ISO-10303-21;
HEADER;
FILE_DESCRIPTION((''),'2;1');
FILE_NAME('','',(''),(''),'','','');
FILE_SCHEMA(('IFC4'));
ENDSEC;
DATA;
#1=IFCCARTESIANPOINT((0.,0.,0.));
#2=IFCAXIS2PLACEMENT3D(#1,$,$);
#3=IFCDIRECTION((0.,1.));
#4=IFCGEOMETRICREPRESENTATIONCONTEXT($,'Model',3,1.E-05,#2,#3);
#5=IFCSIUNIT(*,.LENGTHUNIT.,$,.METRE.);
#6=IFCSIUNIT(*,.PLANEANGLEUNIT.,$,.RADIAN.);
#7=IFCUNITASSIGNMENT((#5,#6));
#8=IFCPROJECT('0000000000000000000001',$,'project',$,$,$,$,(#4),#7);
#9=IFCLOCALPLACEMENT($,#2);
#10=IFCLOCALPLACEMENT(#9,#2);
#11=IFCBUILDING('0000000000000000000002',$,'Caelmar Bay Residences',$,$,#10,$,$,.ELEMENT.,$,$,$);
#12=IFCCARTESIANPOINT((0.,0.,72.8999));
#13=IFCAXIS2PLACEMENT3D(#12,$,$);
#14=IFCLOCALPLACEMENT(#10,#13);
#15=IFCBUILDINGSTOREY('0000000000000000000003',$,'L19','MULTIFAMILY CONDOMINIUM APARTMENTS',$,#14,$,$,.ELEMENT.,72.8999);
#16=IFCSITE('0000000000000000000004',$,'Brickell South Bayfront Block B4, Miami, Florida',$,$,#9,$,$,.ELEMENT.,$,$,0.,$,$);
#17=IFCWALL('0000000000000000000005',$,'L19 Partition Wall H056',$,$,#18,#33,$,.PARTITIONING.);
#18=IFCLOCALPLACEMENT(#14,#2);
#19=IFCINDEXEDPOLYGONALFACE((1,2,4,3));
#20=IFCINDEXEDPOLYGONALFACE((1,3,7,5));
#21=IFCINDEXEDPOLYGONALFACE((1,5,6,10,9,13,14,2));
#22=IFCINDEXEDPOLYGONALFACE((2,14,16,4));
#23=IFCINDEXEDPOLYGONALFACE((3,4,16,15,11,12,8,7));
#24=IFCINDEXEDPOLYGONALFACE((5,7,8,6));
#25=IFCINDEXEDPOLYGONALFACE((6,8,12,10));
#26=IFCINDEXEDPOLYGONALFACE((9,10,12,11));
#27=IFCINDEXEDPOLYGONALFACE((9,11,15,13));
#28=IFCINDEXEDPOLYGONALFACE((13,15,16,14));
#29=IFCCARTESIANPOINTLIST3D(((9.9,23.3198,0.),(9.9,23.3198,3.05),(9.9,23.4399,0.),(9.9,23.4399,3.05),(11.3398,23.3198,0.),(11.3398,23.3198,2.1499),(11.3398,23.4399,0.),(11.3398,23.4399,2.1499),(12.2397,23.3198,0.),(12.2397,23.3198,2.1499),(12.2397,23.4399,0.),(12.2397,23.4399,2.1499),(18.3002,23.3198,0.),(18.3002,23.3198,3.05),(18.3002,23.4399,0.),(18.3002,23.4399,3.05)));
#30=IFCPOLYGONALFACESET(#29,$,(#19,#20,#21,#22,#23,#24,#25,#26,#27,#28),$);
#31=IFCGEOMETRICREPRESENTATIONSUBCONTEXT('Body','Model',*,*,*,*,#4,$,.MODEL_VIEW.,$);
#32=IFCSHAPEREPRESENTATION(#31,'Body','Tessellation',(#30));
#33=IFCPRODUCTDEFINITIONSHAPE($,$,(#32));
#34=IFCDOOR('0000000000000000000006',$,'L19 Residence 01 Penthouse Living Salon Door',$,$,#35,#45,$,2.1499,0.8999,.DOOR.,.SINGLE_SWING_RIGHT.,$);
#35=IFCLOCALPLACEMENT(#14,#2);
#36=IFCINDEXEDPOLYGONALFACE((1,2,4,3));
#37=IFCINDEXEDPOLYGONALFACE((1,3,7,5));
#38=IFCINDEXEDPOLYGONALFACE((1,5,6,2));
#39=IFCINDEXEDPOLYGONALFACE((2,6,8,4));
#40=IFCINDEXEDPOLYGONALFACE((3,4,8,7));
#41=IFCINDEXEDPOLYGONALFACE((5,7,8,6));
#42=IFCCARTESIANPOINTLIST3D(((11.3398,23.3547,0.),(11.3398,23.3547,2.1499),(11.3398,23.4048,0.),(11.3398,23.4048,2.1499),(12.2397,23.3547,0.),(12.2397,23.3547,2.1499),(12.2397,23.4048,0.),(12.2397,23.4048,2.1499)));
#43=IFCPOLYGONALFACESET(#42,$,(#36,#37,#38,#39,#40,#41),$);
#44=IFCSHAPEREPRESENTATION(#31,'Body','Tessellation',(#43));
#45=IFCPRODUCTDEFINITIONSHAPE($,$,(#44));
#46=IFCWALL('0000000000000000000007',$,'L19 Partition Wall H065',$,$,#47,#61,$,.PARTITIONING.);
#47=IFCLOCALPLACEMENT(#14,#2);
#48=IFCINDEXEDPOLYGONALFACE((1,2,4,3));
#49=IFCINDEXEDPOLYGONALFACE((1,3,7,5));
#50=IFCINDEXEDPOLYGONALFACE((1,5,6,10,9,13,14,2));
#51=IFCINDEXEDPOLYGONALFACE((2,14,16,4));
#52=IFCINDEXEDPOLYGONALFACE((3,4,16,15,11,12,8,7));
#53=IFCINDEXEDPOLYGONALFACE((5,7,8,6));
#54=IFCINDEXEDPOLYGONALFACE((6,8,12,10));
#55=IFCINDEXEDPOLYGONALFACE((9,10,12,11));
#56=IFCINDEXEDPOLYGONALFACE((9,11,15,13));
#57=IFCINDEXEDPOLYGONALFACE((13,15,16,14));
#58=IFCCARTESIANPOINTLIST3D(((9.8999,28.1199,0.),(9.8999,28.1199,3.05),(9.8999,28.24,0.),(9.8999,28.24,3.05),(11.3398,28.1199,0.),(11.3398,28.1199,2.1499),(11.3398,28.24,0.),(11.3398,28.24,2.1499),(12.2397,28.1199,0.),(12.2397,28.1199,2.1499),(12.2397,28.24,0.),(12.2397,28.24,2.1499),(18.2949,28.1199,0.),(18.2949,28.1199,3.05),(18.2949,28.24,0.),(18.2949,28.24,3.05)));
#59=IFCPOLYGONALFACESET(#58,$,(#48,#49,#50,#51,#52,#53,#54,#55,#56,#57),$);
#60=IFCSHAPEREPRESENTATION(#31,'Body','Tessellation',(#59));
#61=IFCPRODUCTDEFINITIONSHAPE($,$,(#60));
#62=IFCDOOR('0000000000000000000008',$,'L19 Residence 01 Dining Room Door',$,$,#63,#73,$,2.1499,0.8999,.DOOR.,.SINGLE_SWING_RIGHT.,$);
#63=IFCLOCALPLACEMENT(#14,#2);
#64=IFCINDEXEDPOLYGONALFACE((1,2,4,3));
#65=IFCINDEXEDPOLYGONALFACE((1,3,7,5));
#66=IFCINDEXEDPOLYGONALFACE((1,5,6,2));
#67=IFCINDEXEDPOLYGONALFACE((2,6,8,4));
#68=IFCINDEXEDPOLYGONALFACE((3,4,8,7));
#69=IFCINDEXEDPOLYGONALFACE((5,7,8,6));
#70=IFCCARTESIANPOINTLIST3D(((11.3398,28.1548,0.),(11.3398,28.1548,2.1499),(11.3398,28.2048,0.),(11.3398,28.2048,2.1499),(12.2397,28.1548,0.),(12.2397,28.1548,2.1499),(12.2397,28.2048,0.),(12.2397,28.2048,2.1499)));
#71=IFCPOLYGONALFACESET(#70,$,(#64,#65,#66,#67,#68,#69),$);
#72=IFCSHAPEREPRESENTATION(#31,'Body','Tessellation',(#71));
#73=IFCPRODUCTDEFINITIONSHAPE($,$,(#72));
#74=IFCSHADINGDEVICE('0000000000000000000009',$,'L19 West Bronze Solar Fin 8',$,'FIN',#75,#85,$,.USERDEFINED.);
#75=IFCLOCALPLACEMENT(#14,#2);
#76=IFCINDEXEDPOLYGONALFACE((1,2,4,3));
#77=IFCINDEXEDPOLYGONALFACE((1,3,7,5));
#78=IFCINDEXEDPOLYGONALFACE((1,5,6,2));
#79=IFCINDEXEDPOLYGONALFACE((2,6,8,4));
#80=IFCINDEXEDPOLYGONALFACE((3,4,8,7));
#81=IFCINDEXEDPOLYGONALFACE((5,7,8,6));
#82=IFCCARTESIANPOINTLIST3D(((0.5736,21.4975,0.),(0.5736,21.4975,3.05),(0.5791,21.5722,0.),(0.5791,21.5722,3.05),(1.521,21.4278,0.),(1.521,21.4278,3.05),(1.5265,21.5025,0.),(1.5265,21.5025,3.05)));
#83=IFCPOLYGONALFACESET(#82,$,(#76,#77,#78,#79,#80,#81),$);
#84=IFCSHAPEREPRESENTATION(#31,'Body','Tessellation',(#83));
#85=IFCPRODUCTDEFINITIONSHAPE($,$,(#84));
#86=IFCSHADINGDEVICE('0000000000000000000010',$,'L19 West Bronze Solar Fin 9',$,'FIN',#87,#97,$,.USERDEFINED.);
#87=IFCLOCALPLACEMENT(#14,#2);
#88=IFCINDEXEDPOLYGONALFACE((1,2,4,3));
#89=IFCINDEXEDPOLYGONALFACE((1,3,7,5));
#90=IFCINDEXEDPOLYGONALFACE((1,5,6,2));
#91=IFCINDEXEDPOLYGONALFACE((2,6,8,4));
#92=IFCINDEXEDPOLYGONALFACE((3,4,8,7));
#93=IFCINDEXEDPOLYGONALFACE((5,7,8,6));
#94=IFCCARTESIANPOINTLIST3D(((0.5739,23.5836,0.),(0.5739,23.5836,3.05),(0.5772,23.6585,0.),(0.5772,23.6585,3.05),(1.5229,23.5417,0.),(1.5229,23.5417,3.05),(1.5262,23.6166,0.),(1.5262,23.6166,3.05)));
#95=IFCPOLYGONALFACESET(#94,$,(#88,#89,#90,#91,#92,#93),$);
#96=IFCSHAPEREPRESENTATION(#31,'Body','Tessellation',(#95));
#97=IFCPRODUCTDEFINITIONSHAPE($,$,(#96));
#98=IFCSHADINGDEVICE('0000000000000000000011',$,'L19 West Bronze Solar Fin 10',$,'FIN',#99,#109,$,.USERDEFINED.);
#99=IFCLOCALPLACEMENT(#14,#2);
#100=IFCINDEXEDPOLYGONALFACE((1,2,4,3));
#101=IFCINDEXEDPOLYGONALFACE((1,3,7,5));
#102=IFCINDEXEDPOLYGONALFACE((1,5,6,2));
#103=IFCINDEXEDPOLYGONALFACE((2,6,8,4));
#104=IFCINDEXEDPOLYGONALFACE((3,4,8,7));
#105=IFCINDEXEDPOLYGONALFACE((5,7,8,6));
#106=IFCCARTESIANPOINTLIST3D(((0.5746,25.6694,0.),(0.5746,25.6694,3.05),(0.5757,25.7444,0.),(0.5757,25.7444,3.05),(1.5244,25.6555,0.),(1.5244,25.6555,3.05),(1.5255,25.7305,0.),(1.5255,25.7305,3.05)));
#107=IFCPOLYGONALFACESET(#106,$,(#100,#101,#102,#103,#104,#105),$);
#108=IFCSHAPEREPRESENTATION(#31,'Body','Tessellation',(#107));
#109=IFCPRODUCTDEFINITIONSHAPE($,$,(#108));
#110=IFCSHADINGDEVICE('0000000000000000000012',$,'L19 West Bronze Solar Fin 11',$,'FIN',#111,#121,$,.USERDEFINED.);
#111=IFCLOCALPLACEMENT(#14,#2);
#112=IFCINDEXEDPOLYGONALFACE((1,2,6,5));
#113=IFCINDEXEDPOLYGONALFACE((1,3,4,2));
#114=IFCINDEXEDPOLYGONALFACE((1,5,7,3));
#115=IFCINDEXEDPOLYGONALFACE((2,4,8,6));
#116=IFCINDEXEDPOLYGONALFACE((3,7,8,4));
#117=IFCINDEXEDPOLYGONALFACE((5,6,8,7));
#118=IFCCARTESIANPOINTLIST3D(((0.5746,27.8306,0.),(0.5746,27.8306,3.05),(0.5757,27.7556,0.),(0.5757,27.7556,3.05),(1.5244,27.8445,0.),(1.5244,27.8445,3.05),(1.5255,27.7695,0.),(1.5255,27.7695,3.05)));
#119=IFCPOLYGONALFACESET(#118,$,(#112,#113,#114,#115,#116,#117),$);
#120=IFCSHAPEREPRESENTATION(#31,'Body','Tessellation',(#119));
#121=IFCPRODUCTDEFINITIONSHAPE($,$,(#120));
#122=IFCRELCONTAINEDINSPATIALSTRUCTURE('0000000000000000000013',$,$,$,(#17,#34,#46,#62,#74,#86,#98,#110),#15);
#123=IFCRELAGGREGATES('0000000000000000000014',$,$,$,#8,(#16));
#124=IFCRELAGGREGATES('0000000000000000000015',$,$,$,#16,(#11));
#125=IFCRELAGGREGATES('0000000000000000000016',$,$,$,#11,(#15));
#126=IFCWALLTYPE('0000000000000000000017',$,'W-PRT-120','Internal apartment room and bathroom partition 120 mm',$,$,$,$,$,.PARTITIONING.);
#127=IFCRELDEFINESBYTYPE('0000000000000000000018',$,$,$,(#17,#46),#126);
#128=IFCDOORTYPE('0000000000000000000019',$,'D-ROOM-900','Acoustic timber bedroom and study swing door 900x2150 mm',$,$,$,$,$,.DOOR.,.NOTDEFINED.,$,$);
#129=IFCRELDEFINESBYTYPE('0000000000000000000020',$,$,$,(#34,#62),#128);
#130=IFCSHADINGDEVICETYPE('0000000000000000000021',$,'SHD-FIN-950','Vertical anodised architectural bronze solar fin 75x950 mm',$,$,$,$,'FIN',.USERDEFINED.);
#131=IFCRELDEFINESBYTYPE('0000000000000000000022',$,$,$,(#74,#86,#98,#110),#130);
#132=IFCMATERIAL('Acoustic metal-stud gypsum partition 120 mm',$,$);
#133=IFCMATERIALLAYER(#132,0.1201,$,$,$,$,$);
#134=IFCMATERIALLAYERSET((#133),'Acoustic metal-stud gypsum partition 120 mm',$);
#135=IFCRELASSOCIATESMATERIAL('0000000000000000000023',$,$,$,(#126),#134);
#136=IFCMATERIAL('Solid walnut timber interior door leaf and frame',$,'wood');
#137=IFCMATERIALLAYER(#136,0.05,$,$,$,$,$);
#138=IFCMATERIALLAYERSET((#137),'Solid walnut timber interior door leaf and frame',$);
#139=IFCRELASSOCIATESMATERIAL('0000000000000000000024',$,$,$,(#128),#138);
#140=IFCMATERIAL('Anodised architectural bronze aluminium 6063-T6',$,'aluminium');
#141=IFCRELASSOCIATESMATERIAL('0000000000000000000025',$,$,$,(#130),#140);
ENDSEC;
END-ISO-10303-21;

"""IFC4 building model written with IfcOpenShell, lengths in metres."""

from ifc_helpers import new_model, si_unit, direction, frame, frame_2d, origin, origin_2d, place, context, subcontext, project, spatial, rectangle, extrude, material, layer, layer_set, material_profile, profile_set, type_object, element, fill, save


model = new_model("IFC4")

# Units and contexts
model_context = context("Model", 3, precision=1e-05, world=origin(), true_north=direction((0.0, 1.0)))
body_context = subcontext(model_context, "Body", "Model", "MODEL_VIEW")
ifc_project = project(units=[si_unit("LENGTHUNIT", "METRE"), si_unit("PLANEANGLEUNIT", "RADIAN")], contexts=[model_context])

# Site, building, storey
site_placement = place(None, origin())
site = spatial("IfcSite", under=ifc_project, at=site_placement, Name="Brickell South Bayfront Block B4, Miami, Florida", CompositionType="ELEMENT", RefElevation=0.0)
building_placement = place(site_placement, origin())
building = spatial("IfcBuilding", under=site, at=building_placement, Name="Caelmar Bay Residences", CompositionType="ELEMENT")
storey_placement = place(building_placement, frame((0.0, 0.0, 72.8999)))
storey = spatial("IfcBuildingStorey", under=building, at=storey_placement, Name="L19", Description="MULTIFAMILY CONDOMINIUM APARTMENTS", CompositionType="ELEMENT", Elevation=72.8999)

# Walls, openings, doors
ifc_material_1 = material(Name="Acoustic metal-stud gypsum partition 120 mm")
ifc_layer_1 = layer(ifc_material_1, 0.1201)
ifc_layer_set_1 = layer_set([ifc_layer_1], Name="Acoustic metal-stud gypsum partition 120 mm")
wall_type_1 = type_object("IfcWallType", Name="W-PRT-120", Description="Internal apartment room and bathroom partition 120 mm", PredefinedType="PARTITIONING", material=ifc_layer_set_1)
ifc_material_2 = material(Name="Solid walnut timber interior door leaf and frame", Category="wood")
ifc_layer_2 = layer(ifc_material_2, 0.05)
ifc_layer_set_2 = layer_set([ifc_layer_2], Name="Solid walnut timber interior door leaf and frame")
door_type_1 = type_object("IfcDoorType", Name="D-ROOM-900", Description="Acoustic timber bedroom and study swing door 900x2150 mm", OperationType="NOTDEFINED", PredefinedType="DOOR", material=ifc_layer_set_2)
wall_1_placement = place(storey_placement, frame((9.8999, 23.3799, 0.0), z_axis=(0.0, 0.0, 1.0), x_axis=(1.0, 0.0, 0.0)))
wall_1 = element("IfcWall", 1, at=wall_1_placement, inside=storey, type_object=wall_type_1, Name="L19 Partition Wall H056", PredefinedType="PARTITIONING", context=body_context, shape_type="SweptSolid", body=[
    extrude(rectangle(XDim=8.4001, YDim=0.1201, at=frame_2d((4.2002, 0.0))), origin(), (0.0, 0.0, 1.0), 3.05),
])
opening_1_placement = place(wall_1_placement, frame((1.4399, 0.0, 0.0)))
opening_1 = element("IfcOpeningElement", 2, at=opening_1_placement, cuts=wall_1, PredefinedType="OPENING", context=body_context, shape_type="SweptSolid", body=[
    extrude(rectangle(XDim=0.8999, YDim=2.1499, at=frame_2d((0.45, 1.075))), frame((0.0, 0.0701, 0.0), z_axis=(0.0, -1.0, 0.0), x_axis=(1.0, 0.0, 0.0)), (0.0, 0.0, 1.0), 0.1401),
])
door_1_placement = place(opening_1_placement, origin())
door_1 = element("IfcDoor", 3, at=door_1_placement, inside=storey, type_object=door_type_1, Name="L19 Residence 01 Penthouse Living Salon Door", OperationType="SINGLE_SWING_RIGHT", OverallHeight=2.1499, OverallWidth=0.8999, PredefinedType="DOOR", context=body_context, shape_type="SweptSolid", body=[
    extrude(rectangle(XDim=0.8999, YDim=2.1499, at=frame_2d((0.45, 1.075))), frame((0.0, 0.0249, 0.0), z_axis=(0.0, -1.0, 0.0), x_axis=(1.0, 0.0, 0.0)), (0.0, 0.0, 1.0), 0.05),
])
fill(opening_1, door_1)
wall_2_placement = place(storey_placement, frame((9.8999, 28.1799, 0.0), z_axis=(0.0, 0.0, 1.0), x_axis=(1.0, 0.0, 0.0)))
wall_2 = element("IfcWall", 4, at=wall_2_placement, inside=storey, type_object=wall_type_1, Name="L19 Partition Wall H065", PredefinedType="PARTITIONING", context=body_context, shape_type="SweptSolid", body=[
    extrude(rectangle(XDim=8.395, YDim=0.1201, at=frame_2d((4.1975, 0.0))), origin(), (0.0, 0.0, 1.0), 3.05),
])
opening_2_placement = place(wall_2_placement, frame((1.4399, 0.0, 0.0)))
opening_2 = element("IfcOpeningElement", 5, at=opening_2_placement, cuts=wall_2, PredefinedType="OPENING", context=body_context, shape_type="SweptSolid", body=[
    extrude(rectangle(XDim=0.8999, YDim=2.1499, at=frame_2d((0.45, 1.075))), frame((0.0, 0.0701, 0.0), z_axis=(0.0, -1.0, 0.0), x_axis=(1.0, 0.0, 0.0)), (0.0, 0.0, 1.0), 0.1401),
])
door_2_placement = place(opening_2_placement, origin())
door_2 = element("IfcDoor", 6, at=door_2_placement, inside=storey, type_object=door_type_1, Name="L19 Residence 01 Dining Room Door", OperationType="SINGLE_SWING_RIGHT", OverallHeight=2.1499, OverallWidth=0.8999, PredefinedType="DOOR", context=body_context, shape_type="SweptSolid", body=[
    extrude(rectangle(XDim=0.8999, YDim=2.1499, at=frame_2d((0.45, 1.075))), frame((0.0, 0.0249, 0.0), z_axis=(0.0, -1.0, 0.0), x_axis=(1.0, 0.0, 0.0)), (0.0, 0.0, 1.0), 0.05),
])
fill(opening_2, door_2)

# Shading devices
ifc_material_3 = material(Name="Anodised architectural bronze aluminium 6063-T6", Category="aluminium")
ifc_material_profile_1 = material_profile(ifc_material_3, rectangle(XDim=0.075, YDim=0.95, at=origin_2d()), Name="BRONZE-FIN-75X950")
ifc_profile_set_1 = profile_set([ifc_material_profile_1], Name="Anodised architectural bronze aluminium 6063-T6")
shading_device_type = type_object("IfcShadingDeviceType", Name="SHD-FIN-950", Description="Vertical anodised architectural bronze solar fin 75x950 mm", ElementType="FIN", PredefinedType="USERDEFINED", material=ifc_profile_set_1)
for number, where, z_axis, x_axis, name in (
    (7, (1.05, 21.5, 0.0), (0.0, 0.0, 1.0), (0.073412, 0.997302, 0.0), "L19 West Bronze Solar Fin 8"),
    (8, (1.05, 23.6001, 0.0), (0.0, 0.0, 1.0), (0.044142, 0.999025, 0.0), "L19 West Bronze Solar Fin 9"),
    (9, (1.05, 25.7, 0.0), (0.0, 0.0, 1.0), (0.01466, 0.999893, 0.0), "L19 West Bronze Solar Fin 10"),
    (10, (1.05, 27.8, 0.0), (0.0, 0.0, 1.0), (-0.01466, 0.999893, 0.0), "L19 West Bronze Solar Fin 11"),
):
    element("IfcShadingDevice", number, at=place(storey_placement, frame(where, z_axis=z_axis, x_axis=x_axis)), inside=storey, type_object=shading_device_type, Name=name, ObjectType="FIN", PredefinedType="USERDEFINED", context=body_context, shape_type="SweptSolid", body=[
        extrude(rectangle(XDim=0.075, YDim=0.95, at=origin_2d()), origin(), (0.0, 0.0, 1.0), 3.05),
    ])

save(model, "model.ifc")
